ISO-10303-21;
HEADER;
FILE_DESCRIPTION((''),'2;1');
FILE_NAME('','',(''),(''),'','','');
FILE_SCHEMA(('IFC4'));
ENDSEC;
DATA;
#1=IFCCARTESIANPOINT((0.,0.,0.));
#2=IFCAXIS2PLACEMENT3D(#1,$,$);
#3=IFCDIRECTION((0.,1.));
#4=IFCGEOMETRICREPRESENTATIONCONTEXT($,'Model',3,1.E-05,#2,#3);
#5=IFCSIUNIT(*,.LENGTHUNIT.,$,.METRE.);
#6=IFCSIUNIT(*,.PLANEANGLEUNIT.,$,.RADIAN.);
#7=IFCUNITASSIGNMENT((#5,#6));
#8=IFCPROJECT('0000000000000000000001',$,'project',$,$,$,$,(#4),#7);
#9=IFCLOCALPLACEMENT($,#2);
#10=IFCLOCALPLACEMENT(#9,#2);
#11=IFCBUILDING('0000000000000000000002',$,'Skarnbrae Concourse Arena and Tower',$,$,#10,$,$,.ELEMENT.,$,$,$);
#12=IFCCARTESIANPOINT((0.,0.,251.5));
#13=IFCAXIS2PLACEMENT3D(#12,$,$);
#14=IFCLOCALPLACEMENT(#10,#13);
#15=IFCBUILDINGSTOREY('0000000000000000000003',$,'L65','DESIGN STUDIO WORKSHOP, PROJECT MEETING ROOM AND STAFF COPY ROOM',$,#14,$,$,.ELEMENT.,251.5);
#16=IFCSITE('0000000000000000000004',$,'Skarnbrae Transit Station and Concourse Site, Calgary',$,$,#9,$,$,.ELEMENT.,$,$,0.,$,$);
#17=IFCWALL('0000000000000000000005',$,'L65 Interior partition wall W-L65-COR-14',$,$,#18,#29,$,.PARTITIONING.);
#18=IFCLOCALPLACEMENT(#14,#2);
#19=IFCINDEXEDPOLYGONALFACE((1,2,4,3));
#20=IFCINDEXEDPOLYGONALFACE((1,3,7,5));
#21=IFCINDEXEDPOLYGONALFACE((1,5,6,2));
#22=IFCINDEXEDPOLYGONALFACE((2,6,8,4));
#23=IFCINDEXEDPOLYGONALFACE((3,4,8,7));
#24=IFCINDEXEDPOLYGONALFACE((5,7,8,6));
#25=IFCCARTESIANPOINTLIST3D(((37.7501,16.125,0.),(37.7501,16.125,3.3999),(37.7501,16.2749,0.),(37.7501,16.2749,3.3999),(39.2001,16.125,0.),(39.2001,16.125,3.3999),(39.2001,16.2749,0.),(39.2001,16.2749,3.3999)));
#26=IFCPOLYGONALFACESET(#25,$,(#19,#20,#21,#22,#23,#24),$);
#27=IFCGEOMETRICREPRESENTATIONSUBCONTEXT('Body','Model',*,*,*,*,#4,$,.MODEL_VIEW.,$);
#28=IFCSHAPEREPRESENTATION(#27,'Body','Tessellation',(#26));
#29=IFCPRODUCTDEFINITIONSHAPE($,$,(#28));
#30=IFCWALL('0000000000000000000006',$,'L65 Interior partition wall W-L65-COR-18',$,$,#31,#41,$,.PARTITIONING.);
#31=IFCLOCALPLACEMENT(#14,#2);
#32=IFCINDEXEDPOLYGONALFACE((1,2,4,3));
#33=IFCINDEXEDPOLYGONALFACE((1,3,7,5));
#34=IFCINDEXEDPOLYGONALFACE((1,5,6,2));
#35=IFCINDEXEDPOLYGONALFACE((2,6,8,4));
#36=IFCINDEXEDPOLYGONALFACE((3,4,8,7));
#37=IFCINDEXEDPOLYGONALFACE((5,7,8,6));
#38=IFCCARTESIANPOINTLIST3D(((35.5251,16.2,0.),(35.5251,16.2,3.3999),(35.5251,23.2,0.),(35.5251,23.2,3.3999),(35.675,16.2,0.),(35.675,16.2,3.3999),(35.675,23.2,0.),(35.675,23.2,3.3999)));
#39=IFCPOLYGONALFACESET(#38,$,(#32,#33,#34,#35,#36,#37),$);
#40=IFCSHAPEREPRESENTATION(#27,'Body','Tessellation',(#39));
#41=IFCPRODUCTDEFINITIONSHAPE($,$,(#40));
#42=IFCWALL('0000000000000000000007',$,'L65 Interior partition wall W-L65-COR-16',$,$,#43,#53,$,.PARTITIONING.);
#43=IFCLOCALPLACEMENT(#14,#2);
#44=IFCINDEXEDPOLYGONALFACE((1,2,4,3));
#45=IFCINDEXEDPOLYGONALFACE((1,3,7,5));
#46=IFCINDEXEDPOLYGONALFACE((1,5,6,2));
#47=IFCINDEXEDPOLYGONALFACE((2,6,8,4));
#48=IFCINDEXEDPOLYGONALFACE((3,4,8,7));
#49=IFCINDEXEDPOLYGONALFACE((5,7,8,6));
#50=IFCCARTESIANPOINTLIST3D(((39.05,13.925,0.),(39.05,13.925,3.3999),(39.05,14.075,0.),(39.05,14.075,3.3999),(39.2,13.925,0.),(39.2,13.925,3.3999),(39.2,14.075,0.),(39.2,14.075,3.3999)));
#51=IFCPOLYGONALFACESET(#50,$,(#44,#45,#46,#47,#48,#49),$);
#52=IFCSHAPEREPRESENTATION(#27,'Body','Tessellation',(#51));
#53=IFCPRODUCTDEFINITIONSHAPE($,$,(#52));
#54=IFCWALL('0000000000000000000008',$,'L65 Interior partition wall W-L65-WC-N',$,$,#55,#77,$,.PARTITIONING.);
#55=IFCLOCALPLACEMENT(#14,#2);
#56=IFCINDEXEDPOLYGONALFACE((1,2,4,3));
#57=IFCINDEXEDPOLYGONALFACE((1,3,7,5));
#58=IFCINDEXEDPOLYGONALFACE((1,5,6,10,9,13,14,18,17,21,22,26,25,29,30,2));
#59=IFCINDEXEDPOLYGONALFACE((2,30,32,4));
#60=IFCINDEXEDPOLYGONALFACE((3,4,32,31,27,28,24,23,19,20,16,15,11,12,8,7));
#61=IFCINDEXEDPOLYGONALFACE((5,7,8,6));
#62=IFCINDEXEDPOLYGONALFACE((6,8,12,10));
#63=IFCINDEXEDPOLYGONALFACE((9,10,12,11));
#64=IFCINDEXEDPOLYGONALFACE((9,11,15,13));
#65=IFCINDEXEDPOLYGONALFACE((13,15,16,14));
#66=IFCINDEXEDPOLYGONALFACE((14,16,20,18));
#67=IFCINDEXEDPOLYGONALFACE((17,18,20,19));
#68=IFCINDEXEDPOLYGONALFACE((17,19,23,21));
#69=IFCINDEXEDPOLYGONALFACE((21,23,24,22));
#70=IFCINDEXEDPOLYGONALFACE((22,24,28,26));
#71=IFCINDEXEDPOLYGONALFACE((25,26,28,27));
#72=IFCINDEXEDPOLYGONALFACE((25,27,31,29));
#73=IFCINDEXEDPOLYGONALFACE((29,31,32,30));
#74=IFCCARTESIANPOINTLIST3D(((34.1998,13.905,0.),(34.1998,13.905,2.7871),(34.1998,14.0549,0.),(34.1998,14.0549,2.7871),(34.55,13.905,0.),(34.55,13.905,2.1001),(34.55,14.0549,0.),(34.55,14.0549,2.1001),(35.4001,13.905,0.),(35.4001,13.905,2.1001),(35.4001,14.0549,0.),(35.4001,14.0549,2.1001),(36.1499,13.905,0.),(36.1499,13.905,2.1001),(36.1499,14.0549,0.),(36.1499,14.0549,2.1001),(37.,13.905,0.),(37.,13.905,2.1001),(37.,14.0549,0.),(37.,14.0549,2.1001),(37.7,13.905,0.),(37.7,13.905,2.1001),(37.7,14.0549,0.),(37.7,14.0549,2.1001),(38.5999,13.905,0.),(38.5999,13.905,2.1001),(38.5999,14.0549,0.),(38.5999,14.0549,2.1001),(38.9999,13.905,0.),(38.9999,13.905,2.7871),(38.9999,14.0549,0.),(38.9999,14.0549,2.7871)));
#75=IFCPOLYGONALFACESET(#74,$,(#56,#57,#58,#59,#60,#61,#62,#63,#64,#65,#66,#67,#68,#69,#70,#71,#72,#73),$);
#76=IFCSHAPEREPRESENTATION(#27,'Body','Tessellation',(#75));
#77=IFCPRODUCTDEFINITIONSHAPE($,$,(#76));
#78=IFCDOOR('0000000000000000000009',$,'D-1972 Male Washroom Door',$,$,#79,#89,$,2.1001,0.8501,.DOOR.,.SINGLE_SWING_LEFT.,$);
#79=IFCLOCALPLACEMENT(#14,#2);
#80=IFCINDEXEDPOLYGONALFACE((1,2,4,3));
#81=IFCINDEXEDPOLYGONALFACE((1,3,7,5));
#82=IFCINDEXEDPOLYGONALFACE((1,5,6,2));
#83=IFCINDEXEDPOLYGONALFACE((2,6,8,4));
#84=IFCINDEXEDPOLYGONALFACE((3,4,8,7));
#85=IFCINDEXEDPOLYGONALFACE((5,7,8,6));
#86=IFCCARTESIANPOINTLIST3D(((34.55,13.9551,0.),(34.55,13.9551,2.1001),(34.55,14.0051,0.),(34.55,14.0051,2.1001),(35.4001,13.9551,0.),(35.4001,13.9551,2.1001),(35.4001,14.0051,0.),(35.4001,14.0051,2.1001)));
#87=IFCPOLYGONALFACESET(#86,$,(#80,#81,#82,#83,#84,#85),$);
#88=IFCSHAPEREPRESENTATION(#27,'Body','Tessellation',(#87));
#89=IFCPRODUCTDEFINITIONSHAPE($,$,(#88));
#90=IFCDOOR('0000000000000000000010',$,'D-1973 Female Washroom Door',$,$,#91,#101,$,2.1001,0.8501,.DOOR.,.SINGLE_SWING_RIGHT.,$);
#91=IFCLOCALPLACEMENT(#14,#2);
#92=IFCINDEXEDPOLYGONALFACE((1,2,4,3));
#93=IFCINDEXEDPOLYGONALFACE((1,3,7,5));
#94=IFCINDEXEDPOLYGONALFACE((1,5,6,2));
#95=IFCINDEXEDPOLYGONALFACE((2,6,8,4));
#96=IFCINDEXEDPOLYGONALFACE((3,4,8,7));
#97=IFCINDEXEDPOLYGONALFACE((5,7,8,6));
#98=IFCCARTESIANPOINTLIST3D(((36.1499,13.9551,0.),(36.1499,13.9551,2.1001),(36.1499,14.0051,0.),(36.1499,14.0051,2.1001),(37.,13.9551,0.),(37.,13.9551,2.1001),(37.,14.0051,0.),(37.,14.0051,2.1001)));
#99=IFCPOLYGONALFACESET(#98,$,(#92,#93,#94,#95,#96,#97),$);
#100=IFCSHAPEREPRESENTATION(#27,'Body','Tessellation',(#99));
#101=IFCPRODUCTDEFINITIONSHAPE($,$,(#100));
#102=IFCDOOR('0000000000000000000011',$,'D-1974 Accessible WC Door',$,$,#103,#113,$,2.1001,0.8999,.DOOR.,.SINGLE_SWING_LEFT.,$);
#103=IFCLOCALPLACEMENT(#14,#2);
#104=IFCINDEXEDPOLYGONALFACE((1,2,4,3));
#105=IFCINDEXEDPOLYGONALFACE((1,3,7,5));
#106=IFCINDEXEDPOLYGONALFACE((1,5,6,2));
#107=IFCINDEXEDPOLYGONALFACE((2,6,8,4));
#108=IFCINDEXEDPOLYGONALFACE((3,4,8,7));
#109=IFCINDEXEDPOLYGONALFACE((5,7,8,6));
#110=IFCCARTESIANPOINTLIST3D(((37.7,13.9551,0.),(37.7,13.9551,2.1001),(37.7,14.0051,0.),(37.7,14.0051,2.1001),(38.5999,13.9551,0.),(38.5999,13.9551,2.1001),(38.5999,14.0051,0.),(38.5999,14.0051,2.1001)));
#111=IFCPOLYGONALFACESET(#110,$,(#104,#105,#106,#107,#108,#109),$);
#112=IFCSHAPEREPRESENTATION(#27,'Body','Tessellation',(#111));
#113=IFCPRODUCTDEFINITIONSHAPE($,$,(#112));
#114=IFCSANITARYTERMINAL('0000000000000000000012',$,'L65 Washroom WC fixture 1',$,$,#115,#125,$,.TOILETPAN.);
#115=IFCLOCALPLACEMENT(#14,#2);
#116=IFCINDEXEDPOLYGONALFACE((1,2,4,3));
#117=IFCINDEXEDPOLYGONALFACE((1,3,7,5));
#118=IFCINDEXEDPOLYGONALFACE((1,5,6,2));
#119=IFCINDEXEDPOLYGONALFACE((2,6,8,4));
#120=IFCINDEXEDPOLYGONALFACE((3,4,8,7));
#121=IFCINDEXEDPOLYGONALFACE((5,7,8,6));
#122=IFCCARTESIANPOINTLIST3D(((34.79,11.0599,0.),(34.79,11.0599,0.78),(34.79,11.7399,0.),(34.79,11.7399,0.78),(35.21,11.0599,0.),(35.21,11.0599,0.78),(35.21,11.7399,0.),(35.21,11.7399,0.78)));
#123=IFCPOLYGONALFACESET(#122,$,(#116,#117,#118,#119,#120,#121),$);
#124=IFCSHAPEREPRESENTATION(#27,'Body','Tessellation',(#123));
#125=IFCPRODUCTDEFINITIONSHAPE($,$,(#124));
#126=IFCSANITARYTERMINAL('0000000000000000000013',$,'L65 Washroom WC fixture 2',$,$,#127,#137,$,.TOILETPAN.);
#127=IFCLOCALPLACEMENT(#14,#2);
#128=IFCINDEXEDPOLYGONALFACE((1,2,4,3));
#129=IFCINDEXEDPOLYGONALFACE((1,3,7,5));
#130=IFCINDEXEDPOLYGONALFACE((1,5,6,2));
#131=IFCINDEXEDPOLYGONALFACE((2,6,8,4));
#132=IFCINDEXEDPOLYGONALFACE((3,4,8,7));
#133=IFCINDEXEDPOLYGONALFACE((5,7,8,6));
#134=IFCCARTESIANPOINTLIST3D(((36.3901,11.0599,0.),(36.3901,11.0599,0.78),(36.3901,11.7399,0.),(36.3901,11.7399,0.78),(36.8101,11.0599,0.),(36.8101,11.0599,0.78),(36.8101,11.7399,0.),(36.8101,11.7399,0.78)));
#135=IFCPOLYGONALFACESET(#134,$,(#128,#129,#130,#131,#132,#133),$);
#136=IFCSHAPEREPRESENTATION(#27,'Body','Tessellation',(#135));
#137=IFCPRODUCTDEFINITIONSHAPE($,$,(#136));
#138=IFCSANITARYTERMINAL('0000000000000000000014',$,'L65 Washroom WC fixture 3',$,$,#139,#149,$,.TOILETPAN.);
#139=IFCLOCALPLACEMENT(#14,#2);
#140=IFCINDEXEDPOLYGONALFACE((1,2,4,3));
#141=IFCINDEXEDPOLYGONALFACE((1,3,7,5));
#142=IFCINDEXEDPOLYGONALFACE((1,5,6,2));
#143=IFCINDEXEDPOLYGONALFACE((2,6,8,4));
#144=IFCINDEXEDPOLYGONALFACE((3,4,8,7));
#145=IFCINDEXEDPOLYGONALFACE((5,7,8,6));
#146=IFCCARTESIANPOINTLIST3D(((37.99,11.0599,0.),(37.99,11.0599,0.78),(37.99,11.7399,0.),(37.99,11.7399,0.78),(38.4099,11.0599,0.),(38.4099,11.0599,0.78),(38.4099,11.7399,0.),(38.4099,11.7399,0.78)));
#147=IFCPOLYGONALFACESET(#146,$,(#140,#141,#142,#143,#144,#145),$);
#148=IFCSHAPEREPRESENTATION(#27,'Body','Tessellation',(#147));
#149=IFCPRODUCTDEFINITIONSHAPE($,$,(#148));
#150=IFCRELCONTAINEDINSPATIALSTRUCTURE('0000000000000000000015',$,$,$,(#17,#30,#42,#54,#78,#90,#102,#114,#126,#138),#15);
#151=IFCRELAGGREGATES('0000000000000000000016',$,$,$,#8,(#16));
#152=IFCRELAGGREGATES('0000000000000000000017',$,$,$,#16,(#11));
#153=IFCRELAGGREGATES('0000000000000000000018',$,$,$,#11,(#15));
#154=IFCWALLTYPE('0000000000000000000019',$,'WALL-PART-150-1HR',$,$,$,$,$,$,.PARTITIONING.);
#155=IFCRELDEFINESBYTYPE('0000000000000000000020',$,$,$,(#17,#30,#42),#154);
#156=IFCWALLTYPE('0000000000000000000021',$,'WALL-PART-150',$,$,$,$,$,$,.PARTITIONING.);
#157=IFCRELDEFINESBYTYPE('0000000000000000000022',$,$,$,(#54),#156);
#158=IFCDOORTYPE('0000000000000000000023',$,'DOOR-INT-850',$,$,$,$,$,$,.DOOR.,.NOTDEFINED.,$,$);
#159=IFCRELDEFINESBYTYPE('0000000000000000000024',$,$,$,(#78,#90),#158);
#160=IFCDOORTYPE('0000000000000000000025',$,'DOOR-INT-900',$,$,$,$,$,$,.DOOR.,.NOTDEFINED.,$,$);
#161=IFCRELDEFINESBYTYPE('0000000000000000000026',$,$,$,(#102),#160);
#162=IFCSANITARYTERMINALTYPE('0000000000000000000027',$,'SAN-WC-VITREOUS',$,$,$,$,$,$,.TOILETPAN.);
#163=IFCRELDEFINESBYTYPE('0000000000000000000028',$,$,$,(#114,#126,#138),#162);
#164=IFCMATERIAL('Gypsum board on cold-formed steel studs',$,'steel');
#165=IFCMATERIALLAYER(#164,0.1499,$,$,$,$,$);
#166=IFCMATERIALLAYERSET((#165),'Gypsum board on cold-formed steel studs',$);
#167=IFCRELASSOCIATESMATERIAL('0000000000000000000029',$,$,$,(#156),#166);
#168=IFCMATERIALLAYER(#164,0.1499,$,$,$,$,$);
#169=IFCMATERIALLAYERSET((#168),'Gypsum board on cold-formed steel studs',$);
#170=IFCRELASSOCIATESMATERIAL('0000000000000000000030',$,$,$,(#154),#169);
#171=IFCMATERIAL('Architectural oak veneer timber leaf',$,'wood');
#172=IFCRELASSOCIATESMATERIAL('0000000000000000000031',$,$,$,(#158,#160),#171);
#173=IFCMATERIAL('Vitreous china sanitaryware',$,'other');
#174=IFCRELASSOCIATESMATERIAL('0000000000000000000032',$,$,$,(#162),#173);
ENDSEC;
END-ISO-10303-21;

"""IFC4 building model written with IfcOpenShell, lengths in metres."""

from ifc_helpers import new_model, si_unit, direction, frame, frame_2d, origin, origin_2d, place, context, subcontext, project, spatial, rectangle, extrude, source, transform, mapped, material, layer, layer_set, type_object, element, fill, save


model = new_model("IFC4")

# Units and contexts
model_context = context("Model", 3, precision=1e-05, world=origin(), true_north=direction((0.0, 1.0)))
body_context = subcontext(model_context, "Body", "Model", "MODEL_VIEW")
ifc_project = project(units=[si_unit("LENGTHUNIT", "METRE"), si_unit("PLANEANGLEUNIT", "RADIAN")], contexts=[model_context])

# Site, building, storey
site_placement = place(None, origin())
site = spatial("IfcSite", under=ifc_project, at=site_placement, Name="Skarnbrae Transit Station and Concourse Site, Calgary", CompositionType="ELEMENT", RefElevation=0.0)
building_placement = place(site_placement, origin())
building = spatial("IfcBuilding", under=site, at=building_placement, Name="Skarnbrae Concourse Arena and Tower", CompositionType="ELEMENT")
storey_placement = place(building_placement, frame((0.0, 0.0, 251.5)))
storey = spatial("IfcBuildingStorey", under=building, at=storey_placement, Name="L65", Description="DESIGN STUDIO WORKSHOP, PROJECT MEETING ROOM AND STAFF COPY ROOM", CompositionType="ELEMENT", Elevation=251.5)

# Walls
ifc_material_1 = material(Name="Gypsum board on cold-formed steel studs", Category="steel")
ifc_layer_1 = layer(ifc_material_1, 0.1499)
ifc_layer_set_1 = layer_set([ifc_layer_1], Name="Gypsum board on cold-formed steel studs")
wall_type_1 = type_object("IfcWallType", Name="WALL-PART-150", PredefinedType="PARTITIONING", material=ifc_layer_set_1)
ifc_layer_2 = layer(ifc_material_1, 0.1499)
ifc_layer_set_2 = layer_set([ifc_layer_2], Name="Gypsum board on cold-formed steel studs")
wall_type_2 = type_object("IfcWallType", Name="WALL-PART-150-1HR", PredefinedType="PARTITIONING", material=ifc_layer_set_2)
shared_shape_1 = source(origin(), body_context, "Body", "SweptSolid", [
    extrude(rectangle(XDim=1.45, YDim=0.1499, at=frame_2d((0.7251, 0.0))), origin(), (0.0, 0.0, 1.0), 3.3999),
])
wall_1_placement = place(storey_placement, frame((37.75, 16.2, 0.0), z_axis=(0.0, 0.0, 1.0), x_axis=(1.0, 0.0, 0.0)))
element("IfcWall", 1, at=wall_1_placement, inside=storey, type_object=wall_type_2, Name="L65 Interior partition wall W-L65-COR-14", PredefinedType="PARTITIONING", context=body_context, shape_type="MappedRepresentation", body=[
    mapped(shared_shape_1, transform((0.0, 0.0, 0.0))),
])
shared_shape_2 = source(origin(), body_context, "Body", "SweptSolid", [
    extrude(rectangle(XDim=7.0, YDim=0.1499, at=frame_2d((3.5, 0.0))), origin(), (0.0, 0.0, 1.0), 3.3999),
])
wall_2_placement = place(storey_placement, frame((35.6001, 16.2, 0.0), z_axis=(0.0, 0.0, 1.0), x_axis=(0.0, 1.0, 0.0)))
element("IfcWall", 2, at=wall_2_placement, inside=storey, type_object=wall_type_2, Name="L65 Interior partition wall W-L65-COR-18", PredefinedType="PARTITIONING", context=body_context, shape_type="MappedRepresentation", body=[
    mapped(shared_shape_2, transform((0.0, 0.0, 0.0))),
])
shared_shape_3 = source(origin(), body_context, "Body", "SweptSolid", [
    extrude(rectangle(XDim=0.1499, YDim=0.1499, at=frame_2d((0.075, 0.0))), origin(), (0.0, 0.0, 1.0), 3.3999),
])
wall_3_placement = place(storey_placement, frame((39.2, 14.0, 0.0), z_axis=(0.0, 0.0, 1.0), x_axis=(-1.0, 0.0, 0.0)))
element("IfcWall", 3, at=wall_3_placement, inside=storey, type_object=wall_type_2, Name="L65 Interior partition wall W-L65-COR-16", PredefinedType="PARTITIONING", context=body_context, shape_type="MappedRepresentation", body=[
    mapped(shared_shape_3, transform((0.0, 0.0, 0.0))),
])

# Wall, openings, doors
shared_shape_4 = source(origin(), body_context, "Body", "SweptSolid", [
    extrude(rectangle(XDim=4.8, YDim=0.1499, at=frame_2d((2.3999, 0.0))), origin(), (0.0, 0.0, 1.0), 2.7871),
])
wall_4_placement = place(storey_placement, frame((34.2, 13.98, 0.0), z_axis=(0.0, 0.0, 1.0), x_axis=(1.0, 0.0, 0.0)))
wall_4 = element("IfcWall", 4, at=wall_4_placement, inside=storey, type_object=wall_type_1, Name="L65 Interior partition wall W-L65-WC-N", PredefinedType="PARTITIONING", context=body_context, shape_type="MappedRepresentation", body=[
    mapped(shared_shape_4, transform((0.0, 0.0, 0.0))),
])
opening_1_placement = place(wall_4_placement, frame((0.3501, 0.0, 0.0)))
opening_1 = element("IfcOpeningElement", 5, at=opening_1_placement, cuts=wall_4, PredefinedType="OPENING", context=body_context, shape_type="SweptSolid", body=[
    extrude(rectangle(XDim=0.8501, YDim=2.1001, at=frame_2d((0.425, 1.05))), frame((0.0, 0.085, 0.0), z_axis=(0.0, -1.0, 0.0), x_axis=(1.0, 0.0, 0.0)), (0.0, 0.0, 1.0), 0.1699),
])
opening_2_placement = place(wall_4_placement, frame((1.95, 0.0, 0.0)))
opening_2 = element("IfcOpeningElement", 6, at=opening_2_placement, cuts=wall_4, PredefinedType="OPENING", context=body_context, shape_type="SweptSolid", body=[
    extrude(rectangle(XDim=0.8501, YDim=2.1001, at=frame_2d((0.425, 1.05))), frame((0.0, 0.085, 0.0), z_axis=(0.0, -1.0, 0.0), x_axis=(1.0, 0.0, 0.0)), (0.0, 0.0, 1.0), 0.1699),
])
opening_3_placement = place(wall_4_placement, frame((3.5, 0.0, 0.0)))
opening_3 = element("IfcOpeningElement", 7, at=opening_3_placement, cuts=wall_4, PredefinedType="OPENING", context=body_context, shape_type="SweptSolid", body=[
    extrude(rectangle(XDim=0.8999, YDim=2.1001, at=frame_2d((0.45, 1.05))), frame((0.0, 0.085, 0.0), z_axis=(0.0, -1.0, 0.0), x_axis=(1.0, 0.0, 0.0)), (0.0, 0.0, 1.0), 0.1699),
])
ifc_material_2 = material(Name="Architectural oak veneer timber leaf", Category="wood")
door_type_1 = type_object("IfcDoorType", Name="DOOR-INT-850", OperationType="NOTDEFINED", PredefinedType="DOOR", material=ifc_material_2)
shared_shape_5 = source(origin(), body_context, "Body", "SweptSolid", [
    extrude(rectangle(XDim=0.8501, YDim=2.1001, at=frame_2d((0.425, 1.05))), frame((0.0, 0.0249, 0.0), z_axis=(0.0, -1.0, 0.0), x_axis=(1.0, 0.0, 0.0)), (0.0, 0.0, 1.0), 0.05),
])
door_1_placement = place(opening_1_placement, frame((0.8501, 0.0, 0.0), z_axis=(0.0, 0.0, 1.0), x_axis=(-1.0, 0.0, 0.0)))
door_1 = element("IfcDoor", 8, at=door_1_placement, inside=storey, type_object=door_type_1, Name="D-1972 Male Washroom Door", OperationType="SINGLE_SWING_LEFT", OverallHeight=2.1001, OverallWidth=0.8501, PredefinedType="DOOR", context=body_context, shape_type="MappedRepresentation", body=[
    mapped(shared_shape_5, transform((0.0, 0.0, 0.0))),
])
fill(opening_1, door_1)
door_2_placement = place(opening_2_placement, frame((0.8501, 0.0, 0.0), z_axis=(0.0, 0.0, 1.0), x_axis=(-1.0, 0.0, 0.0)))
door_2 = element("IfcDoor", 9, at=door_2_placement, inside=storey, type_object=door_type_1, Name="D-1973 Female Washroom Door", OperationType="SINGLE_SWING_RIGHT", OverallHeight=2.1001, OverallWidth=0.8501, PredefinedType="DOOR", context=body_context, shape_type="MappedRepresentation", body=[
    mapped(shared_shape_5, transform((0.0, 0.0, 0.0))),
])
fill(opening_2, door_2)
door_type_2 = type_object("IfcDoorType", Name="DOOR-INT-900", OperationType="NOTDEFINED", PredefinedType="DOOR", material=ifc_material_2)
shared_shape_6 = source(origin(), body_context, "Body", "SweptSolid", [
    extrude(rectangle(XDim=0.8999, YDim=2.1001, at=frame_2d((0.45, 1.05))), frame((0.0, 0.0249, 0.0), z_axis=(0.0, -1.0, 0.0), x_axis=(1.0, 0.0, 0.0)), (0.0, 0.0, 1.0), 0.05),
])
door_3_placement = place(opening_3_placement, frame((0.8999, 0.0, 0.0), z_axis=(0.0, 0.0, 1.0), x_axis=(-1.0, 0.0, 0.0)))
door_3 = element("IfcDoor", 10, at=door_3_placement, inside=storey, type_object=door_type_2, Name="D-1974 Accessible WC Door", OperationType="SINGLE_SWING_LEFT", OverallHeight=2.1001, OverallWidth=0.8999, PredefinedType="DOOR", context=body_context, shape_type="MappedRepresentation", body=[
    mapped(shared_shape_6, transform((0.0, 0.0, 0.0))),
])
fill(opening_3, door_3)

# Sanitary terminals
ifc_material_3 = material(Name="Vitreous china sanitaryware", Category="other")
sanitary_terminal_type = type_object("IfcSanitaryTerminalType", Name="SAN-WC-VITREOUS", PredefinedType="TOILETPAN", material=ifc_material_3)
shared_shape_7 = source(origin(), body_context, "Body", "SweptSolid", [
    extrude(rectangle(XDim=0.4199, YDim=0.6799, at=origin_2d()), origin(), (0.0, 0.0, 1.0), 0.78),
])
for number, where, z_axis, x_axis, name in (
    (11, (35.0, 11.3999, 0.0), (0.0, 0.0, 1.0), (1.0, 0.0, 0.0), "L65 Washroom WC fixture 1"),
    (12, (36.6001, 11.3999, 0.0), (0.0, 0.0, 1.0), (1.0, 0.0, 0.0), "L65 Washroom WC fixture 2"),
    (13, (38.2, 11.3999, 0.0), (0.0, 0.0, 1.0), (1.0, 0.0, 0.0), "L65 Washroom WC fixture 3"),
):
    element("IfcSanitaryTerminal", number, at=place(storey_placement, frame(where, z_axis=z_axis, x_axis=x_axis)), inside=storey, type_object=sanitary_terminal_type, Name=name, PredefinedType="TOILETPAN", context=body_context, shape_type="MappedRepresentation", body=[
        mapped(shared_shape_7, transform((0.0, 0.0, 0.0))),
    ])

save(model, "model.ifc")
